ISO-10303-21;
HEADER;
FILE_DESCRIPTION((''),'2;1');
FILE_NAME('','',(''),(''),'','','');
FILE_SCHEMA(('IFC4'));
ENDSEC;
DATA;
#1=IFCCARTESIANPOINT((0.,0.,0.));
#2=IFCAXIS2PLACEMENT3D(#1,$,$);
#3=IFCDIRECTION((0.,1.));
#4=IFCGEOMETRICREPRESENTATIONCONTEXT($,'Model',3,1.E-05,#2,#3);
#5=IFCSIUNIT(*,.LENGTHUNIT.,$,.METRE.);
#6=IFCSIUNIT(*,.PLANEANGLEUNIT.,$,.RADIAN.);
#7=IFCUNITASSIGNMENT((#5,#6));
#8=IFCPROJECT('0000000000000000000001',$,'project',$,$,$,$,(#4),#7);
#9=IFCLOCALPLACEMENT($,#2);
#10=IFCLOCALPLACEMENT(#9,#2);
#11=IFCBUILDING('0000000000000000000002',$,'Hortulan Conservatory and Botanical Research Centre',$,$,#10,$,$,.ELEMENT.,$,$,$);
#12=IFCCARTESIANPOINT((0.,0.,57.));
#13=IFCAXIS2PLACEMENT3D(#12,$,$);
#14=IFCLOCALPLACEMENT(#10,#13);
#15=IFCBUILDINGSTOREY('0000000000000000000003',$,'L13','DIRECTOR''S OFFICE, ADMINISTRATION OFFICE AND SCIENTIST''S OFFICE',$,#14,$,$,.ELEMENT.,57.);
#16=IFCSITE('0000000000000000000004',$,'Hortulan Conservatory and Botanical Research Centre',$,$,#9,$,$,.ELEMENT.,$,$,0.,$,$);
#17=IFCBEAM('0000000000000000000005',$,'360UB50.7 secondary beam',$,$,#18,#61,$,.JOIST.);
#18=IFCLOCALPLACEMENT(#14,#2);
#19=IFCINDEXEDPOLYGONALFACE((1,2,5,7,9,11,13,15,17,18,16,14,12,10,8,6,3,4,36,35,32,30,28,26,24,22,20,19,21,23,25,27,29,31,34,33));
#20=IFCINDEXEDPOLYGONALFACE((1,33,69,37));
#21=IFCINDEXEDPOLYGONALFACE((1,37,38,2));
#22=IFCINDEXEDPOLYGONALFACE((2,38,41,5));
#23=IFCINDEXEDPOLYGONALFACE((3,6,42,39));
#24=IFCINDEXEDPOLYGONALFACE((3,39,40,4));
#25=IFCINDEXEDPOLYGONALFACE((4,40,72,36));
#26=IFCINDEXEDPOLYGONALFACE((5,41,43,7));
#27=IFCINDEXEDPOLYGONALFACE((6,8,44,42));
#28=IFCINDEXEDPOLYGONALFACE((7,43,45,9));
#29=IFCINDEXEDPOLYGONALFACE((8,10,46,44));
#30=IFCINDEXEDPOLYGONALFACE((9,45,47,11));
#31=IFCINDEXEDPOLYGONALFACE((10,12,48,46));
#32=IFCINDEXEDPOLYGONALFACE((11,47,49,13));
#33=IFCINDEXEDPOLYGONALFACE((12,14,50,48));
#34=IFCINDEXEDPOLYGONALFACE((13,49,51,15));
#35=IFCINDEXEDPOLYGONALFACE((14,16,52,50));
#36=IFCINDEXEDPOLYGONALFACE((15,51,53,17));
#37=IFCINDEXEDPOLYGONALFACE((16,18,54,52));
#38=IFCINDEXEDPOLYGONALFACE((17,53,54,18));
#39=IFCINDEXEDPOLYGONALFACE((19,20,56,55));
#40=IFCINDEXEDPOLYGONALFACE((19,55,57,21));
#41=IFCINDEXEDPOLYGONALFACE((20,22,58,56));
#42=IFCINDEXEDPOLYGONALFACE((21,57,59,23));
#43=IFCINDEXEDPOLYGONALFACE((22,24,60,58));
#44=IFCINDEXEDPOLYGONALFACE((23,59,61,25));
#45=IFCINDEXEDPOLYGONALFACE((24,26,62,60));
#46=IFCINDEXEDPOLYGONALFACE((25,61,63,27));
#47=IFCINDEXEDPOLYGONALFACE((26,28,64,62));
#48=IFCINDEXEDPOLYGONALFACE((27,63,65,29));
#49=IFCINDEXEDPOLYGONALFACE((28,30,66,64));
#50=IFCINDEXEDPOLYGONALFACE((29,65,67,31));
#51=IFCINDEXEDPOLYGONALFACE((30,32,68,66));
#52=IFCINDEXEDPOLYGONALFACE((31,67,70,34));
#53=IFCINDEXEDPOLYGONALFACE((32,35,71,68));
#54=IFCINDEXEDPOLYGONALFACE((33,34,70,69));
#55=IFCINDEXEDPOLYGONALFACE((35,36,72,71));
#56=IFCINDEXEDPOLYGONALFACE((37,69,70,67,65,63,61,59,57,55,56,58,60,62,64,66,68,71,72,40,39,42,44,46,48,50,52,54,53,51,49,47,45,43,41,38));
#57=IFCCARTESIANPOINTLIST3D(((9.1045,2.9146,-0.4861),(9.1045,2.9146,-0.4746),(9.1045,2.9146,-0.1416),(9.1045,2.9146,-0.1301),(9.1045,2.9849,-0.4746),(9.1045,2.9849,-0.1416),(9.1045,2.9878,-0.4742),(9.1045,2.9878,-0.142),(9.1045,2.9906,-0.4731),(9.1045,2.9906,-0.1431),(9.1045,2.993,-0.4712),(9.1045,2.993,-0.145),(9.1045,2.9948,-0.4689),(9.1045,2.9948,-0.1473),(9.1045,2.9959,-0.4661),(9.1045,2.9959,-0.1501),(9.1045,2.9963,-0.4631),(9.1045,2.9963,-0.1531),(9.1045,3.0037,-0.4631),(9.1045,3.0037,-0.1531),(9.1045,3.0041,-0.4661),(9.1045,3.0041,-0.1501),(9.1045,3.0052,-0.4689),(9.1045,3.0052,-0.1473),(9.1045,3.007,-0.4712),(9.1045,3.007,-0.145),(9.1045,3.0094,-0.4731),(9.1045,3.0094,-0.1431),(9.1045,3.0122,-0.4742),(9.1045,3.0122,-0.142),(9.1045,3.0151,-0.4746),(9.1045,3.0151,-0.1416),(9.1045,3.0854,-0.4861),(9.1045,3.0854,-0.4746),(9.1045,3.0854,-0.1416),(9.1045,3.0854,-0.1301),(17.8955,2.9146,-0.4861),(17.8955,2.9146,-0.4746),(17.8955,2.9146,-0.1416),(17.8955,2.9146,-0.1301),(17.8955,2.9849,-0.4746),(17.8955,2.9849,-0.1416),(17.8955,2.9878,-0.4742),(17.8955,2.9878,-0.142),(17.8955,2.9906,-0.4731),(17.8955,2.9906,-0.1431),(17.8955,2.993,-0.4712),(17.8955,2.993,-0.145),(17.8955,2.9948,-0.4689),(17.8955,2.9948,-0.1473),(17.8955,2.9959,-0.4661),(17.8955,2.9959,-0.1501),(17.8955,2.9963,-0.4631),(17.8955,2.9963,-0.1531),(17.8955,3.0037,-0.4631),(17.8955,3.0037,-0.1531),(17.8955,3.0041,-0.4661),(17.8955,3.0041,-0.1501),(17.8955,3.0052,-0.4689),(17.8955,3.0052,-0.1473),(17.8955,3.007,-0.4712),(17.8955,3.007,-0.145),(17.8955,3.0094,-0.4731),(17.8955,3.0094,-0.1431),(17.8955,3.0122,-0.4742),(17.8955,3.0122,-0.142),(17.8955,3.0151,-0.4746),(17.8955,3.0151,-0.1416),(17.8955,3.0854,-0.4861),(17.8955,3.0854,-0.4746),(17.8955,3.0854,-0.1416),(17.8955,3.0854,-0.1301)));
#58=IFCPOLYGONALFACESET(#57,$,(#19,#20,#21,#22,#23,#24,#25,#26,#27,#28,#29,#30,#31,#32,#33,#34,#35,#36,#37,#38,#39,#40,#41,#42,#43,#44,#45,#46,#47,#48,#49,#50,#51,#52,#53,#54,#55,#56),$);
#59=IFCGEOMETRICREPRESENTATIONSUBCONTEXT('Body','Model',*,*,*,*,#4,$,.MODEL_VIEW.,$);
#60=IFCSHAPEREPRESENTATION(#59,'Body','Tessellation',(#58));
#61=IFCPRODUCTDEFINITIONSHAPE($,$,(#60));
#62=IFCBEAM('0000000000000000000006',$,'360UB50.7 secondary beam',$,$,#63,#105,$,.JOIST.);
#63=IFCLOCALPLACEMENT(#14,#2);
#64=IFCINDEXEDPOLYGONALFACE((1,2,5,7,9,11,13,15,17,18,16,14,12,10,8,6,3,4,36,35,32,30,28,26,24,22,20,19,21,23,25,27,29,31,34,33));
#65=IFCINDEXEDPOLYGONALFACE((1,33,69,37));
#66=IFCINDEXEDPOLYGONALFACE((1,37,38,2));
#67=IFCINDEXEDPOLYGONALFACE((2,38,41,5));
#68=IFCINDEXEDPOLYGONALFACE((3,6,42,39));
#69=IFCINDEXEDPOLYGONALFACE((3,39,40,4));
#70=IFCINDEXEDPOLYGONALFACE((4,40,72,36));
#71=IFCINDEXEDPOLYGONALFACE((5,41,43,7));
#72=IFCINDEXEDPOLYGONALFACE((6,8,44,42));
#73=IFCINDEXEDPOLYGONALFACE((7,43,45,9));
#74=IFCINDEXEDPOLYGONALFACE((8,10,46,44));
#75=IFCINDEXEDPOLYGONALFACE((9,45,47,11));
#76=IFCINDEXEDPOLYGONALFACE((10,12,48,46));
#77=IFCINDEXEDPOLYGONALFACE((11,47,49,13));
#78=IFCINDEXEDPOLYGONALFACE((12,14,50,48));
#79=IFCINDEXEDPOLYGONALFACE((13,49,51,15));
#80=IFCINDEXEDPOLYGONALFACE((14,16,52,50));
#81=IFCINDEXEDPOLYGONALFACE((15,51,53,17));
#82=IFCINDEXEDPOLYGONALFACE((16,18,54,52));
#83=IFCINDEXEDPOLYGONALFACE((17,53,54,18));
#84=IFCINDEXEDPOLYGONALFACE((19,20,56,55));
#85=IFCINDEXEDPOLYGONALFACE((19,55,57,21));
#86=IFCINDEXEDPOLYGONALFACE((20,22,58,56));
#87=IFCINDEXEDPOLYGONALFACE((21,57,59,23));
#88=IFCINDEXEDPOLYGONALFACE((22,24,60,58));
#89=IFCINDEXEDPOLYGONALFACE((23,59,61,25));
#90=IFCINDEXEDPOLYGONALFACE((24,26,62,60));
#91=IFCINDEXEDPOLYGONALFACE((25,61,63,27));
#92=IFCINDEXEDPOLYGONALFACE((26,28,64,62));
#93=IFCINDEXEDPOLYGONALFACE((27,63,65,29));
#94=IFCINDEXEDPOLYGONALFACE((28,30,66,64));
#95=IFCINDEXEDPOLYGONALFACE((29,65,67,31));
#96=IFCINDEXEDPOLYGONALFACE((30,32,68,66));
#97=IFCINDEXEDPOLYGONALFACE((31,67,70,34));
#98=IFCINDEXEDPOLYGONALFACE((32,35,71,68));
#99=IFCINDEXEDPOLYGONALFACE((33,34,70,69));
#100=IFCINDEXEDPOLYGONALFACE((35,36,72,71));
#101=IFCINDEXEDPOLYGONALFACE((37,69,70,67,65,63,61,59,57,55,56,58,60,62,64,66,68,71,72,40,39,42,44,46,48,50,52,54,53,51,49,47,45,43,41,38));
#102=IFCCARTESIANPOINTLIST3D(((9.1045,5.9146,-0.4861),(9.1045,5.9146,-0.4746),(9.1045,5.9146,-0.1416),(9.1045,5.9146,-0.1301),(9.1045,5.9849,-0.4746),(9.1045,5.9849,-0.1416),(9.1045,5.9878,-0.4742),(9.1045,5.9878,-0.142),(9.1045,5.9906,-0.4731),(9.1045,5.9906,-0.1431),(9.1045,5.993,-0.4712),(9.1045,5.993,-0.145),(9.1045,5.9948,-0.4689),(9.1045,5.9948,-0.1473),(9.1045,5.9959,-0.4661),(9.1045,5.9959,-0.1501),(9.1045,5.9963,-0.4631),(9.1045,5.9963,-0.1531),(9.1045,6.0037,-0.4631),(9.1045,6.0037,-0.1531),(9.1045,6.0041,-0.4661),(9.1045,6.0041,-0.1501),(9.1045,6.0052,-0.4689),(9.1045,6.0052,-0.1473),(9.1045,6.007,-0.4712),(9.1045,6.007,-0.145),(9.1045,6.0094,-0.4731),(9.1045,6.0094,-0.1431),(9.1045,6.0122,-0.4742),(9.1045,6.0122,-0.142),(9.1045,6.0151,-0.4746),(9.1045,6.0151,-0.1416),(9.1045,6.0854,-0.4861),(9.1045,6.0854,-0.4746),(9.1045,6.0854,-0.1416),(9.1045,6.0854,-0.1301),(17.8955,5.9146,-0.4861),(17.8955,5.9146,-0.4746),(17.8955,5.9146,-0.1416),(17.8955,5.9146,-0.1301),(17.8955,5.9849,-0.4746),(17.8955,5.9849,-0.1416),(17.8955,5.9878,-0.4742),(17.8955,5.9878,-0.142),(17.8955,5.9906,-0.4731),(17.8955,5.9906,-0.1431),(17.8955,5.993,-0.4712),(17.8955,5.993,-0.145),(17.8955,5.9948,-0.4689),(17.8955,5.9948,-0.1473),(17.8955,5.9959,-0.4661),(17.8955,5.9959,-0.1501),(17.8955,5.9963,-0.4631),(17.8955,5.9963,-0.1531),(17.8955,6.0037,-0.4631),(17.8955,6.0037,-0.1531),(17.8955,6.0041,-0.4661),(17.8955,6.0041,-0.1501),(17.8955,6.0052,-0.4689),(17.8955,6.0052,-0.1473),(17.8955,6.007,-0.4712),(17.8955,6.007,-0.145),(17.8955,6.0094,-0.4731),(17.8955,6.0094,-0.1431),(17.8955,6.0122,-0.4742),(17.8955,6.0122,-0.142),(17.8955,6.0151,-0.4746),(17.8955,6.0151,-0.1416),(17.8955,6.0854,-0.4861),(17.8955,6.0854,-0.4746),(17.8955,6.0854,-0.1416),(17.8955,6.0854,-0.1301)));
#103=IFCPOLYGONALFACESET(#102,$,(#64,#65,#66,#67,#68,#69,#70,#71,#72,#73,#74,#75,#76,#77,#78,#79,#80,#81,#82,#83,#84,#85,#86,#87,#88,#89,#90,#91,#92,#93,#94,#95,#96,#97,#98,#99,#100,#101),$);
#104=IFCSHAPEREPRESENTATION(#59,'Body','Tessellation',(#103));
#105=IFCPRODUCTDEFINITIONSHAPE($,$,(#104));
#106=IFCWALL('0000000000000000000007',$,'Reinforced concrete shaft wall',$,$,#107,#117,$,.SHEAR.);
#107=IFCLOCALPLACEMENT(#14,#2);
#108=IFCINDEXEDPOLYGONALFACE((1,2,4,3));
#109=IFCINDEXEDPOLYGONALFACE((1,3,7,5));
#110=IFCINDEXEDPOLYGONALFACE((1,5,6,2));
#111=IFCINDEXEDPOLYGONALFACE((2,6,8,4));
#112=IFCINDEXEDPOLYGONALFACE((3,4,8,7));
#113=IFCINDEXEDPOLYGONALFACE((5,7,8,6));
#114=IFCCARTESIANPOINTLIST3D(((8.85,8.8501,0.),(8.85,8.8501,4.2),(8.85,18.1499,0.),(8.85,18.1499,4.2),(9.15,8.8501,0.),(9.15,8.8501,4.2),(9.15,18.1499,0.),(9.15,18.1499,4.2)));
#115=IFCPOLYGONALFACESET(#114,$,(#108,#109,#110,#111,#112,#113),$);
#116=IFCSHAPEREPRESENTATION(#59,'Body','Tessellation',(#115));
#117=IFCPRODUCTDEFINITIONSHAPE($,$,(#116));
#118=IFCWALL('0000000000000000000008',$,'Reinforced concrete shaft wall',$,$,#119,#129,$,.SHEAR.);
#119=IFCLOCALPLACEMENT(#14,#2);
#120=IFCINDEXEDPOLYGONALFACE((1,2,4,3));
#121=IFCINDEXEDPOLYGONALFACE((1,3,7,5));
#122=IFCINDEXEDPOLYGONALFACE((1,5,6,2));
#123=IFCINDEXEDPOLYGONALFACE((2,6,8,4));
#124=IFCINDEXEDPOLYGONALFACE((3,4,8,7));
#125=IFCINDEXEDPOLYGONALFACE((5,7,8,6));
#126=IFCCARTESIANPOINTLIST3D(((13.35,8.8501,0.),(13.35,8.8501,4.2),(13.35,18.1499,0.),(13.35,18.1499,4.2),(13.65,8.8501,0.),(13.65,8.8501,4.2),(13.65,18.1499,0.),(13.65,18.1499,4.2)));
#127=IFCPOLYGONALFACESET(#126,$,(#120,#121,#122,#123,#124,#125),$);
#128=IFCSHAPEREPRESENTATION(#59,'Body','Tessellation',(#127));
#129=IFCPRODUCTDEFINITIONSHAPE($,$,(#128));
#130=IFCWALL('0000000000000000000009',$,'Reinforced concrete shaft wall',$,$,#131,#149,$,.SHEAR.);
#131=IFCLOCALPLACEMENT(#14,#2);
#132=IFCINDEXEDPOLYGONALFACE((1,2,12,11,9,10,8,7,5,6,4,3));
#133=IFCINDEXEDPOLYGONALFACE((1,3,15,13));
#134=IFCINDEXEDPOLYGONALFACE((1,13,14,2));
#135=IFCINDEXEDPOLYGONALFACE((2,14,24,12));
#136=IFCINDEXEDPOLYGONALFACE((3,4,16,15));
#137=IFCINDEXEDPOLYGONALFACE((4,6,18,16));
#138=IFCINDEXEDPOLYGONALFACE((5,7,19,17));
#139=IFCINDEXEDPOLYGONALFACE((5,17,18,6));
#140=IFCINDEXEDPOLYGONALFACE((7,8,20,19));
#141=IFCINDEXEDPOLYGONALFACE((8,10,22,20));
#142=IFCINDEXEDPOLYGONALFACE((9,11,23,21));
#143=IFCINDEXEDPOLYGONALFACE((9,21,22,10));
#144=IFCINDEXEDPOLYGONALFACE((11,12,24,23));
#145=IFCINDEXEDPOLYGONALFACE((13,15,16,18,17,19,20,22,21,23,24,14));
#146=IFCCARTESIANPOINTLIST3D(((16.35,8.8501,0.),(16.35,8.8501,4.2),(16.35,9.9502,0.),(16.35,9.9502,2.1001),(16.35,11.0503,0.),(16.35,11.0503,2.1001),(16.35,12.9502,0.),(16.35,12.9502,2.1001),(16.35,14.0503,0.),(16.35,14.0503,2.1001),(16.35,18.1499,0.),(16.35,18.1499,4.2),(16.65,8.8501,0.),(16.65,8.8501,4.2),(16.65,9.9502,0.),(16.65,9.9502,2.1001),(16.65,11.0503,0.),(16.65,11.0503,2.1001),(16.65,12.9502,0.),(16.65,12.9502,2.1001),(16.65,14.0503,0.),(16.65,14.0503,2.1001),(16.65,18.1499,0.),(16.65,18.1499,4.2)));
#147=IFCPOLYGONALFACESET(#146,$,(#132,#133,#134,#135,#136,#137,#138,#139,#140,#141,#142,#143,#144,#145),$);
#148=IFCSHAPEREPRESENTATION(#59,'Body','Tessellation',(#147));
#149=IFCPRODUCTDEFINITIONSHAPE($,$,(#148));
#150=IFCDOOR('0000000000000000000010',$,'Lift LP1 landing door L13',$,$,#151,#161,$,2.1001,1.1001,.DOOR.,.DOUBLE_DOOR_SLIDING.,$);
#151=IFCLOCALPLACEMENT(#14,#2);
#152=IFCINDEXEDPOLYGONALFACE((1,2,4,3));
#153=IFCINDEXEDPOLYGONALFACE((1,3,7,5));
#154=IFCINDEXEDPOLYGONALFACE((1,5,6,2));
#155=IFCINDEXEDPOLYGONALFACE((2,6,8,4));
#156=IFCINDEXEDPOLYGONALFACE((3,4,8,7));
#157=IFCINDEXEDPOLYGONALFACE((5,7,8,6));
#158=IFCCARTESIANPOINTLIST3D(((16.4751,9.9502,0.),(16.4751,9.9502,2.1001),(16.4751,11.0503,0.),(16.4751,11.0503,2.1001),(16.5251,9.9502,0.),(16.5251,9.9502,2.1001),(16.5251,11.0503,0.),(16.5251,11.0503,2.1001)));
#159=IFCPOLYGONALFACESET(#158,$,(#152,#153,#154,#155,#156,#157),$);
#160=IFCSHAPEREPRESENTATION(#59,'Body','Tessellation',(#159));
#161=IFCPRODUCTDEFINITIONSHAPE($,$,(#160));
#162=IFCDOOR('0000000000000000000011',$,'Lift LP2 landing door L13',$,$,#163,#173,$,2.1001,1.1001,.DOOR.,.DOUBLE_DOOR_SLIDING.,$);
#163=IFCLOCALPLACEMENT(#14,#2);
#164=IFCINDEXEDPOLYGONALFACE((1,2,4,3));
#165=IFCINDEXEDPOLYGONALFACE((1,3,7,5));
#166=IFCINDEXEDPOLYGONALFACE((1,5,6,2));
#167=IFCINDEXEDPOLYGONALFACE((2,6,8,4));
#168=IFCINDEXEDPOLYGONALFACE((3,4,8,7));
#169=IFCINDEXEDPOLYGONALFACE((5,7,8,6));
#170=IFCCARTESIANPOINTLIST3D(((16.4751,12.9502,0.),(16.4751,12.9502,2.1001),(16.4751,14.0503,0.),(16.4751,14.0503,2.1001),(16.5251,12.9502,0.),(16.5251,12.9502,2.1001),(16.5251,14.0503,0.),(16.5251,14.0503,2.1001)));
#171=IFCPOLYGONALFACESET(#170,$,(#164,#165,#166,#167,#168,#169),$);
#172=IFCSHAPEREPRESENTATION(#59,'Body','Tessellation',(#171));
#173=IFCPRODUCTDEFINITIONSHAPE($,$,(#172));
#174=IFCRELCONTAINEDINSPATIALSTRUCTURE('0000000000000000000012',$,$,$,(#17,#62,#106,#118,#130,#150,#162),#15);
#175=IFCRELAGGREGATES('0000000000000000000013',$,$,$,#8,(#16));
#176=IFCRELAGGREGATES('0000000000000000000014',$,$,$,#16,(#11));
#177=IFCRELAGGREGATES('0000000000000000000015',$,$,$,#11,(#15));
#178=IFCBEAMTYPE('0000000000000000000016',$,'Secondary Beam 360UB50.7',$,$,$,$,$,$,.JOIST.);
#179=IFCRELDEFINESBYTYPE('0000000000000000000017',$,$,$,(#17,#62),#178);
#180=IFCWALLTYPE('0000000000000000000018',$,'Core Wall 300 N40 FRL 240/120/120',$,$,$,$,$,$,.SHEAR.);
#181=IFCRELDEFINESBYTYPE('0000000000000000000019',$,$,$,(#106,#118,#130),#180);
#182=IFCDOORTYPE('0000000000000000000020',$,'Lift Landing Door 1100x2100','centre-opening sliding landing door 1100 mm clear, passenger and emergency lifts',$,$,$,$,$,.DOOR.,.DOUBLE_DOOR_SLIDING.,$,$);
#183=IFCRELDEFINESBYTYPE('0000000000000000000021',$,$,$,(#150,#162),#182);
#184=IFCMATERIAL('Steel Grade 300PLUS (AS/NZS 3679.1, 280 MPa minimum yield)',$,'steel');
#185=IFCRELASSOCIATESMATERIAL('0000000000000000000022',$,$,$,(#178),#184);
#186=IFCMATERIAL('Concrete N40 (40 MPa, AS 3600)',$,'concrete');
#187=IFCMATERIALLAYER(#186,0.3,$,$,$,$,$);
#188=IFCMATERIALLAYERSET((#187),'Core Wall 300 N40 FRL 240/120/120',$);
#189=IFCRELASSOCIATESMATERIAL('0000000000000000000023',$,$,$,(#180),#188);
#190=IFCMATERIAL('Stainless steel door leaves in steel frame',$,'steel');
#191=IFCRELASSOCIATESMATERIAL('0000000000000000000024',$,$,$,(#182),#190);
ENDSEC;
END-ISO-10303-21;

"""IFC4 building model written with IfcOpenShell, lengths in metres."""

from ifc_helpers import new_model, si_unit, direction, frame, frame_2d, origin, origin_2d, place, context, subcontext, project, spatial, rectangle, i_section, extrude, material, layer, layer_set, material_profile, profile_set, type_object, element, fill, save


model = new_model("IFC4")

# Units and contexts
model_context = context("Model", 3, precision=1e-05, world=origin(), true_north=direction((0.0, 1.0)))
body_context = subcontext(model_context, "Body", "Model", "MODEL_VIEW")
ifc_project = project(units=[si_unit("LENGTHUNIT", "METRE"), si_unit("PLANEANGLEUNIT", "RADIAN")], contexts=[model_context])

# Site, building, storey
site_placement = place(None, origin())
site = spatial("IfcSite", under=ifc_project, at=site_placement, Name="Hortulan Conservatory and Botanical Research Centre", CompositionType="ELEMENT", RefElevation=0.0)
building_placement = place(site_placement, origin())
building = spatial("IfcBuilding", under=site, at=building_placement, Name="Hortulan Conservatory and Botanical Research Centre", CompositionType="ELEMENT")
storey_placement = place(building_placement, frame((0.0, 0.0, 57.0)))
storey = spatial("IfcBuildingStorey", under=building, at=storey_placement, Name="L13", Description="DIRECTOR'S OFFICE, ADMINISTRATION OFFICE AND SCIENTIST'S OFFICE", CompositionType="ELEMENT", Elevation=57.0)

# Shared definitions
ifc_material_1 = material(Name="Steel Grade 300PLUS (AS/NZS 3679.1, 280 MPa minimum yield)", Category="steel")

# Beams
ifc_material_profile_1 = material_profile(ifc_material_1, i_section(OverallWidth=0.1709, OverallDepth=0.356, WebThickness=0.0073, FlangeThickness=0.0115, FilletRadius=0.0115, at=origin_2d()), Name="360UB50.7")
ifc_profile_set_1 = profile_set([ifc_material_profile_1], Name="Steel Grade 300PLUS (AS/NZS 3679.1, 280 MPa minimum yield)")
beam_type_1 = type_object("IfcBeamType", Name="Secondary Beam 360UB50.7", PredefinedType="JOIST", material=ifc_profile_set_1)
for number, where, z_axis, x_axis, name in (
    (1, (9.1045, 3.0, -0.3081), (1.0, 0.0, 0.0), (0.0, 1.0, 0.0), "360UB50.7 secondary beam"),
    (2, (9.1045, 6.0, -0.3081), (1.0, 0.0, 0.0), (0.0, 1.0, 0.0), "360UB50.7 secondary beam"),
):
    element("IfcBeam", number, at=place(storey_placement, frame(where, z_axis=z_axis, x_axis=x_axis)), inside=storey, type_object=beam_type_1, Name=name, PredefinedType="JOIST", context=body_context, shape_type="SweptSolid", body=[
        extrude(i_section(OverallWidth=0.1709, OverallDepth=0.356, WebThickness=0.0073, FlangeThickness=0.0115, FilletRadius=0.0115, at=origin_2d()), origin(), (0.0, 0.0, 1.0), 8.791),
    ])

# Walls
ifc_material_2 = material(Name="Concrete N40 (40 MPa, AS 3600)", Category="concrete")
ifc_layer_1 = layer(ifc_material_2, 0.3)
ifc_layer_set_1 = layer_set([ifc_layer_1], Name="Core Wall 300 N40 FRL 240/120/120")
wall_type_1 = type_object("IfcWallType", Name="Core Wall 300 N40 FRL 240/120/120", PredefinedType="SHEAR", material=ifc_layer_set_1)
for number, where, z_axis, x_axis, name in (
    (3, (9.0, 8.8501, 0.0), (0.0, 0.0, 1.0), (0.0, 1.0, 0.0), "Reinforced concrete shaft wall"),
    (4, (13.5, 8.8501, 0.0), (0.0, 0.0, 1.0), (0.0, 1.0, 0.0), "Reinforced concrete shaft wall"),
):
    element("IfcWall", number, at=place(storey_placement, frame(where, z_axis=z_axis, x_axis=x_axis)), inside=storey, type_object=wall_type_1, Name=name, PredefinedType="SHEAR", context=body_context, shape_type="SweptSolid", body=[
        extrude(rectangle(XDim=9.2998, YDim=0.3, at=frame_2d((4.6499, 0.0))), origin(), (0.0, 0.0, 1.0), 4.2),
    ])

# Wall, openings, doors
wall_1_placement = place(storey_placement, frame((16.5, 8.8501, 0.0), z_axis=(0.0, 0.0, 1.0), x_axis=(0.0, 1.0, 0.0)))
wall_1 = element("IfcWall", 5, at=wall_1_placement, inside=storey, type_object=wall_type_1, Name="Reinforced concrete shaft wall", PredefinedType="SHEAR", context=body_context, shape_type="SweptSolid", body=[
    extrude(rectangle(XDim=9.2998, YDim=0.3, at=frame_2d((4.6499, 0.0))), origin(), (0.0, 0.0, 1.0), 4.2),
])
opening_1_placement = place(wall_1_placement, frame((1.1001, 0.0, 0.0)))
opening_1 = element("IfcOpeningElement", 6, at=opening_1_placement, cuts=wall_1, PredefinedType="OPENING", context=body_context, shape_type="SweptSolid", body=[
    extrude(rectangle(XDim=1.1001, YDim=2.1001, at=frame_2d((0.55, 1.05))), frame((0.0, 0.1599, 0.0), z_axis=(0.0, -1.0, 0.0), x_axis=(1.0, 0.0, 0.0)), (0.0, 0.0, 1.0), 0.3201),
])
opening_2_placement = place(wall_1_placement, frame((4.1001, 0.0, 0.0)))
opening_2 = element("IfcOpeningElement", 7, at=opening_2_placement, cuts=wall_1, PredefinedType="OPENING", context=body_context, shape_type="SweptSolid", body=[
    extrude(rectangle(XDim=1.1001, YDim=2.1001, at=frame_2d((0.55, 1.05))), frame((0.0, 0.1599, 0.0), z_axis=(0.0, -1.0, 0.0), x_axis=(1.0, 0.0, 0.0)), (0.0, 0.0, 1.0), 0.3201),
])
ifc_material_3 = material(Name="Stainless steel door leaves in steel frame", Category="steel")
door_type_1 = type_object("IfcDoorType", Name="Lift Landing Door 1100x2100", Description="centre-opening sliding landing door 1100 mm clear, passenger and emergency lifts", OperationType="DOUBLE_DOOR_SLIDING", PredefinedType="DOOR", material=ifc_material_3)
door_1_placement = place(opening_1_placement, origin())
door_1 = element("IfcDoor", 8, at=door_1_placement, inside=storey, type_object=door_type_1, Name="Lift LP1 landing door L13", OperationType="DOUBLE_DOOR_SLIDING", OverallHeight=2.1001, OverallWidth=1.1001, PredefinedType="DOOR", context=body_context, shape_type="SweptSolid", body=[
    extrude(rectangle(XDim=1.1001, YDim=2.1001, at=frame_2d((0.55, 1.05))), frame((0.0, 0.0249, 0.0), z_axis=(0.0, -1.0, 0.0), x_axis=(1.0, 0.0, 0.0)), (0.0, 0.0, 1.0), 0.05),
])
fill(opening_1, door_1)
door_2_placement = place(opening_2_placement, origin())
door_2 = element("IfcDoor", 9, at=door_2_placement, inside=storey, type_object=door_type_1, Name="Lift LP2 landing door L13", OperationType="DOUBLE_DOOR_SLIDING", OverallHeight=2.1001, OverallWidth=1.1001, PredefinedType="DOOR", context=body_context, shape_type="SweptSolid", body=[
    extrude(rectangle(XDim=1.1001, YDim=2.1001, at=frame_2d((0.55, 1.05))), frame((0.0, 0.0249, 0.0), z_axis=(0.0, -1.0, 0.0), x_axis=(1.0, 0.0, 0.0)), (0.0, 0.0, 1.0), 0.05),
])
fill(opening_2, door_2)

save(model, "model.ifc")
